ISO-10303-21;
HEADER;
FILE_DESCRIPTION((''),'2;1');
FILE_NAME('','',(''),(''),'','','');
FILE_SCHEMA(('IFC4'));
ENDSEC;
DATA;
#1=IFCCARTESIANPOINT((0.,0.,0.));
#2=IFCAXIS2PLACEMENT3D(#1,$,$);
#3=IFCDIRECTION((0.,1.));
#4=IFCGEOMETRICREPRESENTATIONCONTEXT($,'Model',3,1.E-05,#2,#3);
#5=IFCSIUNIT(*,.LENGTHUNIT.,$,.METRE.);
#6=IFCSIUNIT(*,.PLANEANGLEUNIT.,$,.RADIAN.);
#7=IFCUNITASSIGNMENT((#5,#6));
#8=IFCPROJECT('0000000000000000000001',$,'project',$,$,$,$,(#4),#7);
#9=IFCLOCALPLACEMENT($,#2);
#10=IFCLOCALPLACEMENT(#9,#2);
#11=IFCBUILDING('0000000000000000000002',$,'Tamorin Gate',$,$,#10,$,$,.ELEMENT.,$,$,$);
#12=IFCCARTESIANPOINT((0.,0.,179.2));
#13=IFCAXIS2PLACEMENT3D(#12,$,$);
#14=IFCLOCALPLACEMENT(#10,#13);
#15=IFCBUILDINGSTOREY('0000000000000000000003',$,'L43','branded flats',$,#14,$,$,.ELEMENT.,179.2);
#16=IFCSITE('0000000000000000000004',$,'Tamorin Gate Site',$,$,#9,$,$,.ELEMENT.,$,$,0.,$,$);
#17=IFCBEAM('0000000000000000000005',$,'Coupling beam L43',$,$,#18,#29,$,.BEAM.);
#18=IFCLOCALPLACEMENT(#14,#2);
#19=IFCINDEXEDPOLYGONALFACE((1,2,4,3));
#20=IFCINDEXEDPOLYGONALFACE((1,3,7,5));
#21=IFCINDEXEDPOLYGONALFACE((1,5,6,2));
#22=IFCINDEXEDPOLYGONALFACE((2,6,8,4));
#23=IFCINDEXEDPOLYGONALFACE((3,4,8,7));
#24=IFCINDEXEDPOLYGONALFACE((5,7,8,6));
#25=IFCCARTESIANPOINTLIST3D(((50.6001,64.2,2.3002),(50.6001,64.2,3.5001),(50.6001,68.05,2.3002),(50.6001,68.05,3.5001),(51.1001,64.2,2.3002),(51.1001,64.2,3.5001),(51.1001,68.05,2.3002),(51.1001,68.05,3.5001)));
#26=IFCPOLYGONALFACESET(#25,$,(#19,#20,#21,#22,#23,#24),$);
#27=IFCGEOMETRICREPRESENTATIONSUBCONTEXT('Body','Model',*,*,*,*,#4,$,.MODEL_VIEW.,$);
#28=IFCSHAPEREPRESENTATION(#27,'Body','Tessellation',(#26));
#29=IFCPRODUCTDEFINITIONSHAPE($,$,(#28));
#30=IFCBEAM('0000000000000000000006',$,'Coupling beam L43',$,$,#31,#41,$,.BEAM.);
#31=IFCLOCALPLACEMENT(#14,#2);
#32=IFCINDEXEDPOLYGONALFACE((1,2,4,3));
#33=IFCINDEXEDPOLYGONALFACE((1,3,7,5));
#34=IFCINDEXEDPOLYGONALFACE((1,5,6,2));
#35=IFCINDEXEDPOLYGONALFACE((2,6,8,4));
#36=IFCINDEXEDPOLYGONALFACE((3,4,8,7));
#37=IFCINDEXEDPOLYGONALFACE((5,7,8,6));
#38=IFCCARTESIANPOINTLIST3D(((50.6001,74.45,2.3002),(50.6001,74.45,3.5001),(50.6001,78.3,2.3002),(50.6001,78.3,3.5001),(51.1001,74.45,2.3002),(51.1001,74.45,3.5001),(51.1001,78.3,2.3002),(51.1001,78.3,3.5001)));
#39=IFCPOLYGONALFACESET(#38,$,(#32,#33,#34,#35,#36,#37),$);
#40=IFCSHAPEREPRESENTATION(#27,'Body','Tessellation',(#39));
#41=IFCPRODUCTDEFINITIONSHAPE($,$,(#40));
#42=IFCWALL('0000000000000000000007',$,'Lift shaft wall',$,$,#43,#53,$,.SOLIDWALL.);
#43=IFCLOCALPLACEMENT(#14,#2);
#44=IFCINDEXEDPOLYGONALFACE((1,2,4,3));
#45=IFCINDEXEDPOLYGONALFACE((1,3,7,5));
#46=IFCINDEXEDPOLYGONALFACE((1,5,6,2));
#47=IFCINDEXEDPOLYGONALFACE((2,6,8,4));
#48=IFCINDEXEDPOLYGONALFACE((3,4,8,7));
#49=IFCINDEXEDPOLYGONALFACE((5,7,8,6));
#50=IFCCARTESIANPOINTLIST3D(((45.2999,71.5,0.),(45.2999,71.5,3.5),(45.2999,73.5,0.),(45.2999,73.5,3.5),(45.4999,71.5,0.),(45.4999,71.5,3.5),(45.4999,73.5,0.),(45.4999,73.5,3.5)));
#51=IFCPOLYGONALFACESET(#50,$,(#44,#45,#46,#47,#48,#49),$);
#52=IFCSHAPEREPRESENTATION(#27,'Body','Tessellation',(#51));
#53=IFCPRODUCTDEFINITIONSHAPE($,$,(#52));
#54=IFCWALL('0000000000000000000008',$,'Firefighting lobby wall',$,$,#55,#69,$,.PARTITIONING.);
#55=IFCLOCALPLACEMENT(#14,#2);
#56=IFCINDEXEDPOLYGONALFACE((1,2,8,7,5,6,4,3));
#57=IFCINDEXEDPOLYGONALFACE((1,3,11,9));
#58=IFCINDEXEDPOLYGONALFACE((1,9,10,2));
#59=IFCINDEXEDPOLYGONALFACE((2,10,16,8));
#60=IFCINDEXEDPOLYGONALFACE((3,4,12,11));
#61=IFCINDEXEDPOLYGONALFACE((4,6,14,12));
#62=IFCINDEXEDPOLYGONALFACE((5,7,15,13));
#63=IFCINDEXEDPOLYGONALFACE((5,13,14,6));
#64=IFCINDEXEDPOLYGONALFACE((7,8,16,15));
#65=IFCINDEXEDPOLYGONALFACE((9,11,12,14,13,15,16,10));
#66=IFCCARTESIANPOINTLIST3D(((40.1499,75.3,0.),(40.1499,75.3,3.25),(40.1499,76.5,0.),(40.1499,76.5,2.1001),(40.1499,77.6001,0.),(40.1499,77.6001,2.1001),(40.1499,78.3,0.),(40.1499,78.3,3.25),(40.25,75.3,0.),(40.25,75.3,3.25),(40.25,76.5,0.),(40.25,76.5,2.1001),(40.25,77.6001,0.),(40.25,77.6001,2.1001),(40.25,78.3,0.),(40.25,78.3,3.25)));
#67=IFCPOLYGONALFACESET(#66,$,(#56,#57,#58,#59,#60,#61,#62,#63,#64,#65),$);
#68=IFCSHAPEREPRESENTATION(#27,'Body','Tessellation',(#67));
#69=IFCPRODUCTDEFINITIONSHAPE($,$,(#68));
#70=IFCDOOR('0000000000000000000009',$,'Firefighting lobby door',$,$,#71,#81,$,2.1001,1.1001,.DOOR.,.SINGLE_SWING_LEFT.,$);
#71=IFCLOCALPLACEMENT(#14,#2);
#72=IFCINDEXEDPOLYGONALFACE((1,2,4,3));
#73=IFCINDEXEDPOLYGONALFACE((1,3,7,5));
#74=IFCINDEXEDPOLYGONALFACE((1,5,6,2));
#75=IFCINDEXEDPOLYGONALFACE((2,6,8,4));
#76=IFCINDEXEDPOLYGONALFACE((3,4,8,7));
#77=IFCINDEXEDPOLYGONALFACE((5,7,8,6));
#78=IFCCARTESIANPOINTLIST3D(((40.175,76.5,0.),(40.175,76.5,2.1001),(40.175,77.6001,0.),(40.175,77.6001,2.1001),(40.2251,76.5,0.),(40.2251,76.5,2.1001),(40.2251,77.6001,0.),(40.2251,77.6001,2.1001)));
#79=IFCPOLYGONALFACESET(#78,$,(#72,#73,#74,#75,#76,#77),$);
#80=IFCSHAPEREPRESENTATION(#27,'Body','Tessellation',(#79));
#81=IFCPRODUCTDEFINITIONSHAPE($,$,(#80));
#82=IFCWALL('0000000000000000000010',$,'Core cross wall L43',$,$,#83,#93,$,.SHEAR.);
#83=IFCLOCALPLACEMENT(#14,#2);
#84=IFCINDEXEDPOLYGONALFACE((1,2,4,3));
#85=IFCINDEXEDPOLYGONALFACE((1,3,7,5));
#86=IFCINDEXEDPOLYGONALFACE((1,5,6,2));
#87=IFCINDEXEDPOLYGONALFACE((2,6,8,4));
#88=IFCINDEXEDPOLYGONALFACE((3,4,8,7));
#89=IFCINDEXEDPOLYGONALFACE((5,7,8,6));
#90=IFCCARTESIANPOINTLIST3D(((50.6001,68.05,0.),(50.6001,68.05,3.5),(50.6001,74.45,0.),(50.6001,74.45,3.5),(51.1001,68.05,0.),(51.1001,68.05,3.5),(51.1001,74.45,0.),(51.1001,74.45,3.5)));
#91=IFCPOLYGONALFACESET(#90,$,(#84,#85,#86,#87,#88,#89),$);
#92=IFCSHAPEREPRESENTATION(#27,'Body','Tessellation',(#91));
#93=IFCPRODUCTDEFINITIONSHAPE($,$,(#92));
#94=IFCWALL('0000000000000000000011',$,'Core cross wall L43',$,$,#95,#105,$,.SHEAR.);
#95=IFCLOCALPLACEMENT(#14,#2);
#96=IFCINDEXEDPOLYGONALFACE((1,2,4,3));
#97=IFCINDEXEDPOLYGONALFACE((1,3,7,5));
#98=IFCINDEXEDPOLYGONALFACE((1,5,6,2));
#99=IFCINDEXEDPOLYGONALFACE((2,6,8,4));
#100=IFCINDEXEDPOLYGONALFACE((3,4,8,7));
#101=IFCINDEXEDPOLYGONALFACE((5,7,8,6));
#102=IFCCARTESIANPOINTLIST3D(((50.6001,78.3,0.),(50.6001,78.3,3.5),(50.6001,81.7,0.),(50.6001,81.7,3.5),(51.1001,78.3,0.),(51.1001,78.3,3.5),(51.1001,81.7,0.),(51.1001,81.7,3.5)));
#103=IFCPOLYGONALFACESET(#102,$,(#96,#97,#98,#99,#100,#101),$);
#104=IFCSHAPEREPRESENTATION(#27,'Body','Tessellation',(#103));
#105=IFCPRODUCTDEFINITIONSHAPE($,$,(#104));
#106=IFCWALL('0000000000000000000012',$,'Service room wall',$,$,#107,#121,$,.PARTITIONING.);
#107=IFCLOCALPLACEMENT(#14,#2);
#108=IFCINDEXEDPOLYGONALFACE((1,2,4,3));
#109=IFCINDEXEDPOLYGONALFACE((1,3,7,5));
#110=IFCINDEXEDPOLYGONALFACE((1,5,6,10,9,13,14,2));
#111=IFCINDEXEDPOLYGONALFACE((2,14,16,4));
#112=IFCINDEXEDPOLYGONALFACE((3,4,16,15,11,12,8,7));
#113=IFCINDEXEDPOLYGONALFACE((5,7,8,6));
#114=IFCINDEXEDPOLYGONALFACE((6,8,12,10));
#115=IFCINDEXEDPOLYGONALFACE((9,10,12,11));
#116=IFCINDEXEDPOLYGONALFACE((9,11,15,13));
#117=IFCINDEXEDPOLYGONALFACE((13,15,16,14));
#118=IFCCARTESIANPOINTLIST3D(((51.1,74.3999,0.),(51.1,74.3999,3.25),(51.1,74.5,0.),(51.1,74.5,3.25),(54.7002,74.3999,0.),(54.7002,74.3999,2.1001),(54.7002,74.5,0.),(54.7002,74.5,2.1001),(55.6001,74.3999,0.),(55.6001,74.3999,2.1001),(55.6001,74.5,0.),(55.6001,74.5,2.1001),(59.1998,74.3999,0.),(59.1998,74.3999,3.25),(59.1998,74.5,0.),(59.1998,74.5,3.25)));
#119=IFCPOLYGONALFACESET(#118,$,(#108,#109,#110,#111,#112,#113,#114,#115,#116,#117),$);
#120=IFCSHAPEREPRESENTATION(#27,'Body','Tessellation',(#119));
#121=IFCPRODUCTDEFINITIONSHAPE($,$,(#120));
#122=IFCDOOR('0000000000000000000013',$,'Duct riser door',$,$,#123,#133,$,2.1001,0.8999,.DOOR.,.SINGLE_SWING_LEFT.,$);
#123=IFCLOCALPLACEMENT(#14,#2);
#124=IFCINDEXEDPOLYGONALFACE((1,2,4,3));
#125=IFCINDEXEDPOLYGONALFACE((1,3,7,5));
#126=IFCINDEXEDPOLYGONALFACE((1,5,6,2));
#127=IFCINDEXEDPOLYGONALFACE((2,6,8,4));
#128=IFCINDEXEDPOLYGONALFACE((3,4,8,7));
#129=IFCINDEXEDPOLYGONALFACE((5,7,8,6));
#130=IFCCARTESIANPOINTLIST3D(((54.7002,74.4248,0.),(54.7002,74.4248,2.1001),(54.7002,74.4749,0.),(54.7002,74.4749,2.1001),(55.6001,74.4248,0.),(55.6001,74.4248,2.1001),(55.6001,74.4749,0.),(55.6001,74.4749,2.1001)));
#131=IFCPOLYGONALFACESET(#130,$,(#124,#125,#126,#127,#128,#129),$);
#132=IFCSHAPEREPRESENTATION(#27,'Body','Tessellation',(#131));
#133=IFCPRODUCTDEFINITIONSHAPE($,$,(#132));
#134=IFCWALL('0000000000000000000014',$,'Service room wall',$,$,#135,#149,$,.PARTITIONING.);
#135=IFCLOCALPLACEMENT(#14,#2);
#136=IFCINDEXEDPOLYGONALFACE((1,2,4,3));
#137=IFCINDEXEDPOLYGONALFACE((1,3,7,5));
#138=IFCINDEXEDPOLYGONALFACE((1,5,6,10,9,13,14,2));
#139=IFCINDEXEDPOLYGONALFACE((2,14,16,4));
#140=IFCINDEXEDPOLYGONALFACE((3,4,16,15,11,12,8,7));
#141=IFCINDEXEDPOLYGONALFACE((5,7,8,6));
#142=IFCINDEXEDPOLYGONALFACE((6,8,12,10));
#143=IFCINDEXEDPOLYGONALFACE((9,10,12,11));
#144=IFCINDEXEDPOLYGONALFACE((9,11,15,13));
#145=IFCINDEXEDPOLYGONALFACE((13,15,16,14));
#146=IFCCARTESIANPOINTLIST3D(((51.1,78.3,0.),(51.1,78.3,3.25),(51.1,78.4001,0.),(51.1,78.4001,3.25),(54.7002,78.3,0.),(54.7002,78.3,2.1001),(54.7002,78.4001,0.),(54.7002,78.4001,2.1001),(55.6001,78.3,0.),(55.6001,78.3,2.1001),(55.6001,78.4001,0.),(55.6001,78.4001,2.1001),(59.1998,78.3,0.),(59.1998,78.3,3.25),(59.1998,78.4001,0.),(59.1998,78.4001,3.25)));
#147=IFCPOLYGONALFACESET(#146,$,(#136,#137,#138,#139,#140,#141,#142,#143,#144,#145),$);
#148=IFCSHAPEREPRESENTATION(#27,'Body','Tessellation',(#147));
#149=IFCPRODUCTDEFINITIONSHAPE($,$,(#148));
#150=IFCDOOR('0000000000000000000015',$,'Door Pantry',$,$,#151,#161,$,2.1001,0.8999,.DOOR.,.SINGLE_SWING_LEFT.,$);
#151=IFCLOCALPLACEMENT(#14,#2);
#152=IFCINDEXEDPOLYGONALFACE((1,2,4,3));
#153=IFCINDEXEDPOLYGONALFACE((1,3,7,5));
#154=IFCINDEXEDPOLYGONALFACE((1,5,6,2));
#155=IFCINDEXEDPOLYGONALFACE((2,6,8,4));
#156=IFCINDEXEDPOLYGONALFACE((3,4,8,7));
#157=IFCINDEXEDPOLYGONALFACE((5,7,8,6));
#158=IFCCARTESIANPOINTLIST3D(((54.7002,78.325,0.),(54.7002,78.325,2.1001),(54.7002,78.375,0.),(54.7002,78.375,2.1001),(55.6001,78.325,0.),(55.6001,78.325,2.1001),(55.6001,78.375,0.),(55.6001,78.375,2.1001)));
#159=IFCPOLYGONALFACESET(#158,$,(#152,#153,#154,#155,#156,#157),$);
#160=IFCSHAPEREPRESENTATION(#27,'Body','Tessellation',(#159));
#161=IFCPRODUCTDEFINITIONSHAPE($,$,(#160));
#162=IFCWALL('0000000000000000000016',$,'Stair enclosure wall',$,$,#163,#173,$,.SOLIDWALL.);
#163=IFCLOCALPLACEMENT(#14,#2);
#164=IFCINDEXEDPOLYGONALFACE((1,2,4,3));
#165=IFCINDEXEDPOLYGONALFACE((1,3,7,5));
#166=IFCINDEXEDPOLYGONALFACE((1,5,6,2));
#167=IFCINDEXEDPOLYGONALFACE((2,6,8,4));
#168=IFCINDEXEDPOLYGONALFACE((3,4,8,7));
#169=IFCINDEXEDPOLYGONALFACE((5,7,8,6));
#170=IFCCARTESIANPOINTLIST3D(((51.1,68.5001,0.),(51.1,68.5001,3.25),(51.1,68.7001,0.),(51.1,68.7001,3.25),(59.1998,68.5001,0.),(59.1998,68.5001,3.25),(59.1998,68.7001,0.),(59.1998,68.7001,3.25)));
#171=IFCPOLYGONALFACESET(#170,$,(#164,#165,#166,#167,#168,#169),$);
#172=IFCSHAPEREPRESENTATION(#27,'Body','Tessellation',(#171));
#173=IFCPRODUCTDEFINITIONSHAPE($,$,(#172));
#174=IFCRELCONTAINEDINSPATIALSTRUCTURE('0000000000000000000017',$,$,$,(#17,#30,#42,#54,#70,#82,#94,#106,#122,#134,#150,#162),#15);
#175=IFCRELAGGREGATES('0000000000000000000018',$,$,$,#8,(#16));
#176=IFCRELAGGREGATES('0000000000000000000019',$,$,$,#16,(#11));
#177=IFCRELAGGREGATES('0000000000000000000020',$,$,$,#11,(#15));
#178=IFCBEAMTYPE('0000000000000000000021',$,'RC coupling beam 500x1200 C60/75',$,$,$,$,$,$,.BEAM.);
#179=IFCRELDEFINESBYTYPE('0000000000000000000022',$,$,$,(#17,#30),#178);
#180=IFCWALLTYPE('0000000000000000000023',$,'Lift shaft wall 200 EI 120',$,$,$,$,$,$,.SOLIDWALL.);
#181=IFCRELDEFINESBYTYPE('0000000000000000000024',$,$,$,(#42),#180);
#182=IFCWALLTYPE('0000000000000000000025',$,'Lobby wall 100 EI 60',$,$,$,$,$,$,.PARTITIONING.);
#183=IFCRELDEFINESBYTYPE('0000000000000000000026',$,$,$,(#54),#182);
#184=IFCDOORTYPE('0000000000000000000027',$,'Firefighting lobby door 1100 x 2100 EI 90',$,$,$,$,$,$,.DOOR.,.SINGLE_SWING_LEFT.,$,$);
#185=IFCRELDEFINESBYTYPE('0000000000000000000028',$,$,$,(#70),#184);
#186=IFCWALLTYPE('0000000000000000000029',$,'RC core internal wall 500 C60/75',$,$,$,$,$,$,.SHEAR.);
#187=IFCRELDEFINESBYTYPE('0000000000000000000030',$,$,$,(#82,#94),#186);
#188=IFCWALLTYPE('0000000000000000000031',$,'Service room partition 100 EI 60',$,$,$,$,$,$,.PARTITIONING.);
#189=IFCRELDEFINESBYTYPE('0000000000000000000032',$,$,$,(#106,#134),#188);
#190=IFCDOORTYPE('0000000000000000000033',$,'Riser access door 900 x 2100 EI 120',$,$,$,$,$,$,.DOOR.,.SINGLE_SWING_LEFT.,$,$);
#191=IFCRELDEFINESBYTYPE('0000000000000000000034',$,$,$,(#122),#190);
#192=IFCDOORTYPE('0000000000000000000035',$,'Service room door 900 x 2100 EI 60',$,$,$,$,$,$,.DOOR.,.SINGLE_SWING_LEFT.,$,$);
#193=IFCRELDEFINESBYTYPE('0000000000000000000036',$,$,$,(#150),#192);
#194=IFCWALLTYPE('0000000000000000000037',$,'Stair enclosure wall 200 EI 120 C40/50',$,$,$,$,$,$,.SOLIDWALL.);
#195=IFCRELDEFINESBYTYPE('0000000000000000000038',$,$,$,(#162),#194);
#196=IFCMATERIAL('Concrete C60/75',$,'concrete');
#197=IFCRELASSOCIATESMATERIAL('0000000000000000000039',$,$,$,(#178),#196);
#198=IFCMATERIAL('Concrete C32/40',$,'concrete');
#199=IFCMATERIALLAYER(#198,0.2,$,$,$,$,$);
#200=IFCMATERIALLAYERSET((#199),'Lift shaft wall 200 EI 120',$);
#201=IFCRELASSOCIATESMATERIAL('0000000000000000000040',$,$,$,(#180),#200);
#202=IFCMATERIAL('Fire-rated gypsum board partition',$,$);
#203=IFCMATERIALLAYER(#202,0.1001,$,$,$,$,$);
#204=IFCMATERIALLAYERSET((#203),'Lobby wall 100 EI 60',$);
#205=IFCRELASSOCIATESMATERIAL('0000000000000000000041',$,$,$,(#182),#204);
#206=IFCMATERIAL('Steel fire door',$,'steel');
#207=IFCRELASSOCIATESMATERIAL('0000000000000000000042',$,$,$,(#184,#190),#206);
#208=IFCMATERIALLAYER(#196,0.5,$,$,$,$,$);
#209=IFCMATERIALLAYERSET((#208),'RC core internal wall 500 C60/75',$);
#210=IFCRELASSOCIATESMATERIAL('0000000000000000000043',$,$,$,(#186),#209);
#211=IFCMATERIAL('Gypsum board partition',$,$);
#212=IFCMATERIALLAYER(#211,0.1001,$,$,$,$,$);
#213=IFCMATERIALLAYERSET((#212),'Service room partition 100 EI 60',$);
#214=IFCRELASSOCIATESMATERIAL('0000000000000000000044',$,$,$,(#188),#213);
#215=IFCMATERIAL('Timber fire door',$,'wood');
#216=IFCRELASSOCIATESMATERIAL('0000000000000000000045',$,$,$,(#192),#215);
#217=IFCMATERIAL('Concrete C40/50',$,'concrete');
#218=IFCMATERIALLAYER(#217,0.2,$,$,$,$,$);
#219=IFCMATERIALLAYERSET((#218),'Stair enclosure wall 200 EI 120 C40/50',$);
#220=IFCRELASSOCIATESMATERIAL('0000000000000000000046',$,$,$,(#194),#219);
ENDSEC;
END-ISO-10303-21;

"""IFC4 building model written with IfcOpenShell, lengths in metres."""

from ifc_helpers import new_model, si_unit, direction, frame, frame_2d, origin, origin_2d, place, context, subcontext, project, spatial, rectangle, extrude, material, layer, layer_set, material_profile, profile_set, type_object, element, fill, save


model = new_model("IFC4")

# Units and contexts
model_context = context("Model", 3, precision=1e-05, world=origin(), true_north=direction((0.0, 1.0)))
body_context = subcontext(model_context, "Body", "Model", "MODEL_VIEW")
ifc_project = project(units=[si_unit("LENGTHUNIT", "METRE"), si_unit("PLANEANGLEUNIT", "RADIAN")], contexts=[model_context])

# Site, building, storey
site_placement = place(None, origin())
site = spatial("IfcSite", under=ifc_project, at=site_placement, Name="Tamorin Gate Site", CompositionType="ELEMENT", RefElevation=0.0)
building_placement = place(site_placement, origin())
building = spatial("IfcBuilding", under=site, at=building_placement, Name="Tamorin Gate", CompositionType="ELEMENT")
storey_placement = place(building_placement, frame((0.0, 0.0, 179.2)))
storey = spatial("IfcBuildingStorey", under=building, at=storey_placement, Name="L43", Description="branded flats", CompositionType="ELEMENT", Elevation=179.2)

# Beams
ifc_material_1 = material(Name="Concrete C60/75", Category="concrete")
ifc_material_profile = material_profile(ifc_material_1, rectangle(XDim=0.5, YDim=1.2, at=origin_2d()), Name="RC 500x1200")
ifc_profile_set = profile_set([ifc_material_profile], Name="Concrete C60/75")
beam_type = type_object("IfcBeamType", Name="RC coupling beam 500x1200 C60/75", PredefinedType="BEAM", material=ifc_profile_set)
for number, where, z_axis, x_axis, name in (
    (1, (50.8501, 64.2, 2.9001), (0.0, 1.0, 0.0), (-1.0, 0.0, 0.0), "Coupling beam L43"),
    (2, (50.8501, 74.45, 2.9001), (0.0, 1.0, 0.0), (-1.0, 0.0, 0.0), "Coupling beam L43"),
):
    element("IfcBeam", number, at=place(storey_placement, frame(where, z_axis=z_axis, x_axis=x_axis)), inside=storey, type_object=beam_type, Name=name, PredefinedType="BEAM", context=body_context, shape_type="SweptSolid", body=[
        extrude(rectangle(XDim=0.5, YDim=1.2, at=origin_2d()), origin(), (0.0, 0.0, 1.0), 3.8501),
    ])

# Wall
ifc_material_2 = material(Name="Concrete C32/40", Category="concrete")
ifc_layer_1 = layer(ifc_material_2, 0.2)
ifc_layer_set_1 = layer_set([ifc_layer_1], Name="Lift shaft wall 200 EI 120")
wall_type_1 = type_object("IfcWallType", Name="Lift shaft wall 200 EI 120", PredefinedType="SOLIDWALL", material=ifc_layer_set_1)
wall_1_placement = place(storey_placement, frame((45.3999, 71.5, 0.0), z_axis=(0.0, 0.0, 1.0), x_axis=(0.0, 1.0, 0.0)))
element("IfcWall", 3, at=wall_1_placement, inside=storey, type_object=wall_type_1, Name="Lift shaft wall", PredefinedType="SOLIDWALL", context=body_context, shape_type="SweptSolid", body=[
    extrude(rectangle(XDim=2.0, YDim=0.2, at=frame_2d((1.0, 0.0))), origin(), (0.0, 0.0, 1.0), 3.5),
])

# Wall, opening, door
ifc_material_3 = material(Name="Fire-rated gypsum board partition")
ifc_layer_2 = layer(ifc_material_3, 0.1001)
ifc_layer_set_2 = layer_set([ifc_layer_2], Name="Lobby wall 100 EI 60")
wall_type_2 = type_object("IfcWallType", Name="Lobby wall 100 EI 60", PredefinedType="PARTITIONING", material=ifc_layer_set_2)
wall_2_placement = place(storey_placement, frame((40.2, 75.3, 0.0), z_axis=(0.0, 0.0, 1.0), x_axis=(0.0, 1.0, 0.0)))
wall_2 = element("IfcWall", 4, at=wall_2_placement, inside=storey, type_object=wall_type_2, Name="Firefighting lobby wall", PredefinedType="PARTITIONING", context=body_context, shape_type="SweptSolid", body=[
    extrude(rectangle(XDim=3.0, YDim=0.1001, at=frame_2d((1.5, 0.0))), origin(), (0.0, 0.0, 1.0), 3.25),
])
opening_1_placement = place(wall_2_placement, frame((1.2, 0.0, 0.0)))
opening_1 = element("IfcOpeningElement", 5, at=opening_1_placement, cuts=wall_2, PredefinedType="OPENING", context=body_context, shape_type="SweptSolid", body=[
    extrude(rectangle(XDim=1.1001, YDim=2.1001, at=frame_2d((0.55, 1.05))), frame((0.0, 0.0601, 0.0), z_axis=(0.0, -1.0, 0.0), x_axis=(1.0, 0.0, 0.0)), (0.0, 0.0, 1.0), 0.1201),
])
ifc_material_4 = material(Name="Steel fire door", Category="steel")
door_type_1 = type_object("IfcDoorType", Name="Firefighting lobby door 1100 x 2100 EI 90", OperationType="SINGLE_SWING_LEFT", PredefinedType="DOOR", material=ifc_material_4)
door_1_placement = place(opening_1_placement, origin())
door_1 = element("IfcDoor", 6, at=door_1_placement, inside=storey, type_object=door_type_1, Name="Firefighting lobby door", OperationType="SINGLE_SWING_LEFT", OverallHeight=2.1001, OverallWidth=1.1001, PredefinedType="DOOR", context=body_context, shape_type="SweptSolid", body=[
    extrude(rectangle(XDim=1.1001, YDim=2.1001, at=frame_2d((0.55, 1.05))), frame((0.0, 0.0249, 0.0), z_axis=(0.0, -1.0, 0.0), x_axis=(1.0, 0.0, 0.0)), (0.0, 0.0, 1.0), 0.05),
])
fill(opening_1, door_1)

# Walls
ifc_layer_3 = layer(ifc_material_1, 0.5)
ifc_layer_set_3 = layer_set([ifc_layer_3], Name="RC core internal wall 500 C60/75")
wall_type_3 = type_object("IfcWallType", Name="RC core internal wall 500 C60/75", PredefinedType="SHEAR", material=ifc_layer_set_3)
wall_3_placement = place(storey_placement, frame((50.8501, 68.05, 0.0), z_axis=(0.0, 0.0, 1.0), x_axis=(0.0, 1.0, 0.0)))
element("IfcWall", 7, at=wall_3_placement, inside=storey, type_object=wall_type_3, Name="Core cross wall L43", PredefinedType="SHEAR", context=body_context, shape_type="SweptSolid", body=[
    extrude(rectangle(XDim=6.3999, YDim=0.5, at=frame_2d((3.2, 0.0))), origin(), (0.0, 0.0, 1.0), 3.5),
])
wall_4_placement = place(storey_placement, frame((50.8501, 78.3, 0.0), z_axis=(0.0, 0.0, 1.0), x_axis=(0.0, 1.0, 0.0)))
element("IfcWall", 8, at=wall_4_placement, inside=storey, type_object=wall_type_3, Name="Core cross wall L43", PredefinedType="SHEAR", context=body_context, shape_type="SweptSolid", body=[
    extrude(rectangle(XDim=3.3999, YDim=0.5, at=frame_2d((1.7, 0.0))), origin(), (0.0, 0.0, 1.0), 3.5),
])

# Walls, openings, doors
ifc_material_5 = material(Name="Gypsum board partition")
ifc_layer_4 = layer(ifc_material_5, 0.1001)
ifc_layer_set_4 = layer_set([ifc_layer_4], Name="Service room partition 100 EI 60")
wall_type_4 = type_object("IfcWallType", Name="Service room partition 100 EI 60", PredefinedType="PARTITIONING", material=ifc_layer_set_4)
wall_5_placement = place(storey_placement, frame((51.1001, 74.45, 0.0), z_axis=(0.0, 0.0, 1.0), x_axis=(1.0, 0.0, 0.0)))
wall_5 = element("IfcWall", 9, at=wall_5_placement, inside=storey, type_object=wall_type_4, Name="Service room wall", PredefinedType="PARTITIONING", context=body_context, shape_type="SweptSolid", body=[
    extrude(rectangle(XDim=8.0999, YDim=0.1001, at=frame_2d((4.0498, 0.0))), origin(), (0.0, 0.0, 1.0), 3.25),
])
opening_2_placement = place(wall_5_placement, frame((3.6001, 0.0, 0.0)))
opening_2 = element("IfcOpeningElement", 10, at=opening_2_placement, cuts=wall_5, PredefinedType="OPENING", context=body_context, shape_type="SweptSolid", body=[
    extrude(rectangle(XDim=0.8999, YDim=2.1001, at=frame_2d((0.45, 1.05))), frame((0.0, 0.0601, 0.0), z_axis=(0.0, -1.0, 0.0), x_axis=(1.0, 0.0, 0.0)), (0.0, 0.0, 1.0), 0.1201),
])
door_type_2 = type_object("IfcDoorType", Name="Riser access door 900 x 2100 EI 120", OperationType="SINGLE_SWING_LEFT", PredefinedType="DOOR", material=ifc_material_4)
door_2_placement = place(opening_2_placement, origin())
door_2 = element("IfcDoor", 11, at=door_2_placement, inside=storey, type_object=door_type_2, Name="Duct riser door", OperationType="SINGLE_SWING_LEFT", OverallHeight=2.1001, OverallWidth=0.8999, PredefinedType="DOOR", context=body_context, shape_type="SweptSolid", body=[
    extrude(rectangle(XDim=0.8999, YDim=2.1001, at=frame_2d((0.45, 1.05))), frame((0.0, 0.0249, 0.0), z_axis=(0.0, -1.0, 0.0), x_axis=(1.0, 0.0, 0.0)), (0.0, 0.0, 1.0), 0.05),
])
fill(opening_2, door_2)
wall_6_placement = place(storey_placement, frame((51.1001, 78.3501, 0.0), z_axis=(0.0, 0.0, 1.0), x_axis=(1.0, 0.0, 0.0)))
wall_6 = element("IfcWall", 12, at=wall_6_placement, inside=storey, type_object=wall_type_4, Name="Service room wall", PredefinedType="PARTITIONING", context=body_context, shape_type="SweptSolid", body=[
    extrude(rectangle(XDim=8.0999, YDim=0.1001, at=frame_2d((4.0498, 0.0))), origin(), (0.0, 0.0, 1.0), 3.25),
])
opening_3_placement = place(wall_6_placement, frame((3.6001, 0.0, 0.0)))
opening_3 = element("IfcOpeningElement", 13, at=opening_3_placement, cuts=wall_6, PredefinedType="OPENING", context=body_context, shape_type="SweptSolid", body=[
    extrude(rectangle(XDim=0.8999, YDim=2.1001, at=frame_2d((0.45, 1.05))), frame((0.0, 0.0601, 0.0), z_axis=(0.0, -1.0, 0.0), x_axis=(1.0, 0.0, 0.0)), (0.0, 0.0, 1.0), 0.1201),
])
ifc_material_6 = material(Name="Timber fire door", Category="wood")
door_type_3 = type_object("IfcDoorType", Name="Service room door 900 x 2100 EI 60", OperationType="SINGLE_SWING_LEFT", PredefinedType="DOOR", material=ifc_material_6)
door_3_placement = place(opening_3_placement, origin())
door_3 = element("IfcDoor", 14, at=door_3_placement, inside=storey, type_object=door_type_3, Name="Door Pantry", OperationType="SINGLE_SWING_LEFT", OverallHeight=2.1001, OverallWidth=0.8999, PredefinedType="DOOR", context=body_context, shape_type="SweptSolid", body=[
    extrude(rectangle(XDim=0.8999, YDim=2.1001, at=frame_2d((0.45, 1.05))), frame((0.0, 0.0249, 0.0), z_axis=(0.0, -1.0, 0.0), x_axis=(1.0, 0.0, 0.0)), (0.0, 0.0, 1.0), 0.05),
])
fill(opening_3, door_3)

# Wall
ifc_material_7 = material(Name="Concrete C40/50", Category="concrete")
ifc_layer_5 = layer(ifc_material_7, 0.2)
ifc_layer_set_5 = layer_set([ifc_layer_5], Name="Stair enclosure wall 200 EI 120 C40/50")
wall_type_5 = type_object("IfcWallType", Name="Stair enclosure wall 200 EI 120 C40/50", PredefinedType="SOLIDWALL", material=ifc_layer_set_5)
wall_7_placement = place(storey_placement, frame((51.1001, 68.6001, 0.0), z_axis=(0.0, 0.0, 1.0), x_axis=(1.0, 0.0, 0.0)))
element("IfcWall", 15, at=wall_7_placement, inside=storey, type_object=wall_type_5, Name="Stair enclosure wall", PredefinedType="SOLIDWALL", context=body_context, shape_type="SweptSolid", body=[
    extrude(rectangle(XDim=8.0999, YDim=0.2, at=frame_2d((4.0498, 0.0))), origin(), (0.0, 0.0, 1.0), 3.25),
])

save(model, "model.ifc")
